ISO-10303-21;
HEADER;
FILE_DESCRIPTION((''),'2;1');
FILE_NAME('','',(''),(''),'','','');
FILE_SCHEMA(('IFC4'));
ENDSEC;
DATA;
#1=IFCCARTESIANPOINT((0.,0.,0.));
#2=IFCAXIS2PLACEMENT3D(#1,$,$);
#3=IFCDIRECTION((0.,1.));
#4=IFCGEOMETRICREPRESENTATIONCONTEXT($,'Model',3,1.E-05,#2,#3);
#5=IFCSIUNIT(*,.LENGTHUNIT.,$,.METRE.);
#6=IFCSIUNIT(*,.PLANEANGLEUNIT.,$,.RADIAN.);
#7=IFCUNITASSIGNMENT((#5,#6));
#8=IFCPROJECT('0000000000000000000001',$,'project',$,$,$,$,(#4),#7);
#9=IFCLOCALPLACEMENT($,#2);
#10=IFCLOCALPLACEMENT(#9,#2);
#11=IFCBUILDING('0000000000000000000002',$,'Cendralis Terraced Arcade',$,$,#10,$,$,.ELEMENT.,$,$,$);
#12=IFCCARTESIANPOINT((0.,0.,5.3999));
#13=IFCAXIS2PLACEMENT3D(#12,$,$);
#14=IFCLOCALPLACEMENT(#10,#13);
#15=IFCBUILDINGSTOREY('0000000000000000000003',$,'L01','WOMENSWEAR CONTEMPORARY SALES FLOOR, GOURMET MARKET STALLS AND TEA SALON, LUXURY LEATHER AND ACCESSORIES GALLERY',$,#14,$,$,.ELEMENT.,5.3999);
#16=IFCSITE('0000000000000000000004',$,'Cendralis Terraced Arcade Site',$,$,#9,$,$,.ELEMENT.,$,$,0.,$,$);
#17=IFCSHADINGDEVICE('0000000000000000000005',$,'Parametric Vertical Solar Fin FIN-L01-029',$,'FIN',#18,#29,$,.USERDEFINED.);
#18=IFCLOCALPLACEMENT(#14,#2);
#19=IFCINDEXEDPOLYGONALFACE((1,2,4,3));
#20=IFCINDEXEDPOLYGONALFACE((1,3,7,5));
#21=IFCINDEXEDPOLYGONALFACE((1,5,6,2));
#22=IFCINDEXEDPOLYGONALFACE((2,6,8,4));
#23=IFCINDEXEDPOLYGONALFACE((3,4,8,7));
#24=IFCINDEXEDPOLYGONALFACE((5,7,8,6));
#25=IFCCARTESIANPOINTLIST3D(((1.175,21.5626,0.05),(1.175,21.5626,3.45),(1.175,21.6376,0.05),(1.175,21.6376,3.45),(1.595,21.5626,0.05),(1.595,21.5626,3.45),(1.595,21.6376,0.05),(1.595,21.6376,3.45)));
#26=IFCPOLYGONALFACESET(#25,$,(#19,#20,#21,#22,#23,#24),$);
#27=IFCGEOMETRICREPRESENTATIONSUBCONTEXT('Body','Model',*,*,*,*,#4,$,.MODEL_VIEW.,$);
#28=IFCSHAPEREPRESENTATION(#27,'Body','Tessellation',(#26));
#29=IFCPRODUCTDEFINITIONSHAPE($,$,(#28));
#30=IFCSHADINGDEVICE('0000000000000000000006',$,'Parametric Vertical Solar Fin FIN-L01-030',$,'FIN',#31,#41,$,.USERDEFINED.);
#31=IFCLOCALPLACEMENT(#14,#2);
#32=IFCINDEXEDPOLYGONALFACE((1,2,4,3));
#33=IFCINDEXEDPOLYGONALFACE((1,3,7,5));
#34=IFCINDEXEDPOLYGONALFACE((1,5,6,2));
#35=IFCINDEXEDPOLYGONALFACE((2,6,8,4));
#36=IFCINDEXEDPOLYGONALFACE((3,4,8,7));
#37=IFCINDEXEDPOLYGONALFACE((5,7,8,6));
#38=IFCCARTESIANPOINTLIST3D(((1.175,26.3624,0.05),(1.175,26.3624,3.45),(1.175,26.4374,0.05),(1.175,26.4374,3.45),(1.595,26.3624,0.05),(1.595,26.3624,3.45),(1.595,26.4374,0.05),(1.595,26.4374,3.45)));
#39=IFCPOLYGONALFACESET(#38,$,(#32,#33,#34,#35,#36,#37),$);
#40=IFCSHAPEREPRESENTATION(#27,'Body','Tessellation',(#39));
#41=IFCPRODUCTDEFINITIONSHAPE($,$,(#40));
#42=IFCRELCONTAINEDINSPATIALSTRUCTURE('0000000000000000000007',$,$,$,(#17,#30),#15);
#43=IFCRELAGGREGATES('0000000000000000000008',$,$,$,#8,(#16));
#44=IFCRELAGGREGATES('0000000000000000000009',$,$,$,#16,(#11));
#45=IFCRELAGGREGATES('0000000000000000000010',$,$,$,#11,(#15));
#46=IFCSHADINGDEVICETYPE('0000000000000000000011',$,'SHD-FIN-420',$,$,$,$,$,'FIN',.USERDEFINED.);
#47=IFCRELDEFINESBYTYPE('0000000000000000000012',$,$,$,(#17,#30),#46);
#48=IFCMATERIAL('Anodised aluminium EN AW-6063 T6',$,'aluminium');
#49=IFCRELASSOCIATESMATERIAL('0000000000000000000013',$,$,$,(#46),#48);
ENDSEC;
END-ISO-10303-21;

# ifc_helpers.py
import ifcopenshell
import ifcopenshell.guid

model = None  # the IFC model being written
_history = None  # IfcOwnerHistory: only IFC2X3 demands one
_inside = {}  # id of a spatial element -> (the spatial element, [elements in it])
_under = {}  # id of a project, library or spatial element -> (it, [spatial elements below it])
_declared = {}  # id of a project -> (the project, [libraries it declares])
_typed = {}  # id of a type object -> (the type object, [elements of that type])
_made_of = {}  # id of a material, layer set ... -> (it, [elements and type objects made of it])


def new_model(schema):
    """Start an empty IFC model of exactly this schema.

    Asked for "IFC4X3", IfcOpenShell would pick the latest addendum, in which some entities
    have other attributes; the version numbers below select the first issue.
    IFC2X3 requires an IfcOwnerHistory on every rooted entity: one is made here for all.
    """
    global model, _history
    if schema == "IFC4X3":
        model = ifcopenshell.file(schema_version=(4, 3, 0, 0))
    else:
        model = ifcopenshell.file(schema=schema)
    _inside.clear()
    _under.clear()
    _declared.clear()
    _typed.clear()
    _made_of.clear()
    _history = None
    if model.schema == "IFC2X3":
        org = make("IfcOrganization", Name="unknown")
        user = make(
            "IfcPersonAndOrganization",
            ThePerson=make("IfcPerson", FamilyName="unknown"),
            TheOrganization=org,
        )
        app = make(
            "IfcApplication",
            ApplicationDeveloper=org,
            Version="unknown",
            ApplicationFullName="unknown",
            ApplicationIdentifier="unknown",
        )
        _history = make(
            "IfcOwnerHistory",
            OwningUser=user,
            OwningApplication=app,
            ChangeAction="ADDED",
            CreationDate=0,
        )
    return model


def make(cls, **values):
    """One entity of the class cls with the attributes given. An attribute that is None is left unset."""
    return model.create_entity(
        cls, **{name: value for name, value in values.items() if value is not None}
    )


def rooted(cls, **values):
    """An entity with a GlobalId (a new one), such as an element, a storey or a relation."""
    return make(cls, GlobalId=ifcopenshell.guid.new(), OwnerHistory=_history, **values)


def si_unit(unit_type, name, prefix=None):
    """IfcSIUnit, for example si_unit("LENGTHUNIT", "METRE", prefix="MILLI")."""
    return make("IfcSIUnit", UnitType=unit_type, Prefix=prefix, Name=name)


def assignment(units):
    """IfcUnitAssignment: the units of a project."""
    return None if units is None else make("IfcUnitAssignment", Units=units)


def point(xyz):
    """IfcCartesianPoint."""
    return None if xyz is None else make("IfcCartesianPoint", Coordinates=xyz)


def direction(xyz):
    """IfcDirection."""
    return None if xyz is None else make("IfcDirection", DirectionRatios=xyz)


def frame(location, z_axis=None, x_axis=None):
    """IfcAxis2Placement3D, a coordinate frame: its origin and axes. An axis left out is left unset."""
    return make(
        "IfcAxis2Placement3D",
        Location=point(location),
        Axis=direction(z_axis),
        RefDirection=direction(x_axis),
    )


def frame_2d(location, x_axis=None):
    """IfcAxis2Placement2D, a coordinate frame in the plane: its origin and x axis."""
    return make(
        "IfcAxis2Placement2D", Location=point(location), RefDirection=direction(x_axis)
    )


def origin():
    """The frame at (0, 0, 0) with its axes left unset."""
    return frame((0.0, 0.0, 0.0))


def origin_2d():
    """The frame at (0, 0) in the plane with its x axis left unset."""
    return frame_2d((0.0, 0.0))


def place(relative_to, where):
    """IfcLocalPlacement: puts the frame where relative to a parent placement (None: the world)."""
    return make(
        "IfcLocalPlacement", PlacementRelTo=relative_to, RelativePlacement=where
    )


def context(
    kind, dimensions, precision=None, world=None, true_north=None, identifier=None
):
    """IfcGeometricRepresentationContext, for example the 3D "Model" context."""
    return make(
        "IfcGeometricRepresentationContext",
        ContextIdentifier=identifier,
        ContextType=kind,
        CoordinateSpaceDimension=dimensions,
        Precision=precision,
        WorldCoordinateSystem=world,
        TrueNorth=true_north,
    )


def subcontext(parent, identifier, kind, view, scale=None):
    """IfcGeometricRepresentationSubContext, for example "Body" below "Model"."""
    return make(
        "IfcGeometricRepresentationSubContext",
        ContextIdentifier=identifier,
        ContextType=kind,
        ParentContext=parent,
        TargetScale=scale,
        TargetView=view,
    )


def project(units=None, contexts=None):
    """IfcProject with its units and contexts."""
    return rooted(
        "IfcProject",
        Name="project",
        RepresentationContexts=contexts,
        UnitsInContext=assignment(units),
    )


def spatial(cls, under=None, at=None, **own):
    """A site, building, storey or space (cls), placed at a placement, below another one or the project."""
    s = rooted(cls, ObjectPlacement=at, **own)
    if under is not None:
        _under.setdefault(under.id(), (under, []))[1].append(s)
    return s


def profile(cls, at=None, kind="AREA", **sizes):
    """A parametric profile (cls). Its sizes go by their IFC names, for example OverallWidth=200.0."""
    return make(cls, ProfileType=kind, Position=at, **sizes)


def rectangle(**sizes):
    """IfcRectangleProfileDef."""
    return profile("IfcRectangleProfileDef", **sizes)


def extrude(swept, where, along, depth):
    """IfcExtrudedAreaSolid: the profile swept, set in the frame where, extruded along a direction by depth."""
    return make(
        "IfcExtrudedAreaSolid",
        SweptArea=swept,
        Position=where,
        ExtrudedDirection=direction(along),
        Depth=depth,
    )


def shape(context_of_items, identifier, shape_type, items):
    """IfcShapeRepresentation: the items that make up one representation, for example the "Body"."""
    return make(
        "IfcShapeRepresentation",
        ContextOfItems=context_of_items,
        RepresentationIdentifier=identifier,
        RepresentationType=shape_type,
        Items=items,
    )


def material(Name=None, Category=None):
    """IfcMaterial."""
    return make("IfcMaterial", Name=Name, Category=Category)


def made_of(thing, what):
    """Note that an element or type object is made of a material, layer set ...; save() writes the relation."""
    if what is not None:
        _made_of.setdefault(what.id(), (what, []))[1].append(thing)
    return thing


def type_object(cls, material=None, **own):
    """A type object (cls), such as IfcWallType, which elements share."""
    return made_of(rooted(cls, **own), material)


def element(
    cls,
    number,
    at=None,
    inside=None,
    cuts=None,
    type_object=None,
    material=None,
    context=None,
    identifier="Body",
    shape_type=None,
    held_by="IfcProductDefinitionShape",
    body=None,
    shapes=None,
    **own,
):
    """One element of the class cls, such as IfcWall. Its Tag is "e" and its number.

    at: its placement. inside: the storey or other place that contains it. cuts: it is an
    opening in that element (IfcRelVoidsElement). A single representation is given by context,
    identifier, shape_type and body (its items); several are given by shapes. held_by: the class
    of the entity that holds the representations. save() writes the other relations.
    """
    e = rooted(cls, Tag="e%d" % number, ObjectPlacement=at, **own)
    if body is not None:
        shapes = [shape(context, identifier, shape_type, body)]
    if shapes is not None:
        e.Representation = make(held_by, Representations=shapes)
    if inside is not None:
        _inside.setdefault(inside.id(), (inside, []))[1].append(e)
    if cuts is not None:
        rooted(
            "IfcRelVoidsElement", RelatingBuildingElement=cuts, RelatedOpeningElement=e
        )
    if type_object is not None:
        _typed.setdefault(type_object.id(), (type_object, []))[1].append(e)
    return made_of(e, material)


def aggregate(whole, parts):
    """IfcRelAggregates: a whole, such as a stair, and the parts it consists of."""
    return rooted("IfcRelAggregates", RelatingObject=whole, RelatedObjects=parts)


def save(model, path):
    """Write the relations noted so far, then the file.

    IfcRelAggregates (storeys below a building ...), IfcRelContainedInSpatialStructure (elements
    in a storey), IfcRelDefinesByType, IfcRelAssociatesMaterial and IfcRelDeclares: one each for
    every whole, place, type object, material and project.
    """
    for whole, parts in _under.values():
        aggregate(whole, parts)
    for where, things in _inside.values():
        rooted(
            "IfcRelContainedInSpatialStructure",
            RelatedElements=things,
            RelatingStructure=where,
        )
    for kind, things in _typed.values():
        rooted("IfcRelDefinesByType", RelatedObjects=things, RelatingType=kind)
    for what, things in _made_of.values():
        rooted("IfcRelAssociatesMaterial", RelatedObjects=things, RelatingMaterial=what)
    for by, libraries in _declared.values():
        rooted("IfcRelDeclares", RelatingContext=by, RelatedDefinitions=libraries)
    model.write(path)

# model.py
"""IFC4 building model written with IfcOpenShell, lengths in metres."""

from ifc_helpers import new_model, si_unit, direction, frame, origin, origin_2d, place, context, subcontext, project, spatial, rectangle, extrude, material, type_object, element, save


model = new_model("IFC4")

# Units and contexts
model_context = context("Model", 3, precision=1e-05, world=origin(), true_north=direction((0.0, 1.0)))
body_context = subcontext(model_context, "Body", "Model", "MODEL_VIEW")
ifc_project = project(units=[si_unit("LENGTHUNIT", "METRE"), si_unit("PLANEANGLEUNIT", "RADIAN")], contexts=[model_context])

# Site, building, storey
site_placement = place(None, origin())
site = spatial("IfcSite", under=ifc_project, at=site_placement, Name="Cendralis Terraced Arcade Site", CompositionType="ELEMENT", RefElevation=0.0)
building_placement = place(site_placement, origin())
building = spatial("IfcBuilding", under=site, at=building_placement, Name="Cendralis Terraced Arcade", CompositionType="ELEMENT")
storey_placement = place(building_placement, frame((0.0, 0.0, 5.3999)))
storey = spatial("IfcBuildingStorey", under=building, at=storey_placement, Name="L01", Description="WOMENSWEAR CONTEMPORARY SALES FLOOR, GOURMET MARKET STALLS AND TEA SALON, LUXURY LEATHER AND ACCESSORIES GALLERY", CompositionType="ELEMENT", Elevation=5.3999)

# Shared definitions
ifc_material_1 = material(Name="Anodised aluminium EN AW-6063 T6", Category="aluminium")

# Shading devices
shading_device_type = type_object("IfcShadingDeviceType", Name="SHD-FIN-420", ElementType="FIN", PredefinedType="USERDEFINED", material=ifc_material_1)
for number, where, z_axis, x_axis, name in (
    (1, (1.385, 21.6001, 0.05), (0.0, 0.0, 1.0), (0.0, 1.0, 0.0), "Parametric Vertical Solar Fin FIN-L01-029"),
    (2, (1.385, 26.3999, 0.05), (0.0, 0.0, 1.0), (0.0, 1.0, 0.0), "Parametric Vertical Solar Fin FIN-L01-030"),
):
    element("IfcShadingDevice", number, at=place(storey_placement, frame(where, z_axis=z_axis, x_axis=x_axis)), inside=storey, type_object=shading_device_type, Name=name, ObjectType="FIN", PredefinedType="USERDEFINED", context=body_context, shape_type="SweptSolid", body=[
        extrude(rectangle(XDim=0.075, YDim=0.4199, at=origin_2d()), origin(), (0.0, 0.0, 1.0), 3.3999),
    ])

save(model, "model.ifc")
